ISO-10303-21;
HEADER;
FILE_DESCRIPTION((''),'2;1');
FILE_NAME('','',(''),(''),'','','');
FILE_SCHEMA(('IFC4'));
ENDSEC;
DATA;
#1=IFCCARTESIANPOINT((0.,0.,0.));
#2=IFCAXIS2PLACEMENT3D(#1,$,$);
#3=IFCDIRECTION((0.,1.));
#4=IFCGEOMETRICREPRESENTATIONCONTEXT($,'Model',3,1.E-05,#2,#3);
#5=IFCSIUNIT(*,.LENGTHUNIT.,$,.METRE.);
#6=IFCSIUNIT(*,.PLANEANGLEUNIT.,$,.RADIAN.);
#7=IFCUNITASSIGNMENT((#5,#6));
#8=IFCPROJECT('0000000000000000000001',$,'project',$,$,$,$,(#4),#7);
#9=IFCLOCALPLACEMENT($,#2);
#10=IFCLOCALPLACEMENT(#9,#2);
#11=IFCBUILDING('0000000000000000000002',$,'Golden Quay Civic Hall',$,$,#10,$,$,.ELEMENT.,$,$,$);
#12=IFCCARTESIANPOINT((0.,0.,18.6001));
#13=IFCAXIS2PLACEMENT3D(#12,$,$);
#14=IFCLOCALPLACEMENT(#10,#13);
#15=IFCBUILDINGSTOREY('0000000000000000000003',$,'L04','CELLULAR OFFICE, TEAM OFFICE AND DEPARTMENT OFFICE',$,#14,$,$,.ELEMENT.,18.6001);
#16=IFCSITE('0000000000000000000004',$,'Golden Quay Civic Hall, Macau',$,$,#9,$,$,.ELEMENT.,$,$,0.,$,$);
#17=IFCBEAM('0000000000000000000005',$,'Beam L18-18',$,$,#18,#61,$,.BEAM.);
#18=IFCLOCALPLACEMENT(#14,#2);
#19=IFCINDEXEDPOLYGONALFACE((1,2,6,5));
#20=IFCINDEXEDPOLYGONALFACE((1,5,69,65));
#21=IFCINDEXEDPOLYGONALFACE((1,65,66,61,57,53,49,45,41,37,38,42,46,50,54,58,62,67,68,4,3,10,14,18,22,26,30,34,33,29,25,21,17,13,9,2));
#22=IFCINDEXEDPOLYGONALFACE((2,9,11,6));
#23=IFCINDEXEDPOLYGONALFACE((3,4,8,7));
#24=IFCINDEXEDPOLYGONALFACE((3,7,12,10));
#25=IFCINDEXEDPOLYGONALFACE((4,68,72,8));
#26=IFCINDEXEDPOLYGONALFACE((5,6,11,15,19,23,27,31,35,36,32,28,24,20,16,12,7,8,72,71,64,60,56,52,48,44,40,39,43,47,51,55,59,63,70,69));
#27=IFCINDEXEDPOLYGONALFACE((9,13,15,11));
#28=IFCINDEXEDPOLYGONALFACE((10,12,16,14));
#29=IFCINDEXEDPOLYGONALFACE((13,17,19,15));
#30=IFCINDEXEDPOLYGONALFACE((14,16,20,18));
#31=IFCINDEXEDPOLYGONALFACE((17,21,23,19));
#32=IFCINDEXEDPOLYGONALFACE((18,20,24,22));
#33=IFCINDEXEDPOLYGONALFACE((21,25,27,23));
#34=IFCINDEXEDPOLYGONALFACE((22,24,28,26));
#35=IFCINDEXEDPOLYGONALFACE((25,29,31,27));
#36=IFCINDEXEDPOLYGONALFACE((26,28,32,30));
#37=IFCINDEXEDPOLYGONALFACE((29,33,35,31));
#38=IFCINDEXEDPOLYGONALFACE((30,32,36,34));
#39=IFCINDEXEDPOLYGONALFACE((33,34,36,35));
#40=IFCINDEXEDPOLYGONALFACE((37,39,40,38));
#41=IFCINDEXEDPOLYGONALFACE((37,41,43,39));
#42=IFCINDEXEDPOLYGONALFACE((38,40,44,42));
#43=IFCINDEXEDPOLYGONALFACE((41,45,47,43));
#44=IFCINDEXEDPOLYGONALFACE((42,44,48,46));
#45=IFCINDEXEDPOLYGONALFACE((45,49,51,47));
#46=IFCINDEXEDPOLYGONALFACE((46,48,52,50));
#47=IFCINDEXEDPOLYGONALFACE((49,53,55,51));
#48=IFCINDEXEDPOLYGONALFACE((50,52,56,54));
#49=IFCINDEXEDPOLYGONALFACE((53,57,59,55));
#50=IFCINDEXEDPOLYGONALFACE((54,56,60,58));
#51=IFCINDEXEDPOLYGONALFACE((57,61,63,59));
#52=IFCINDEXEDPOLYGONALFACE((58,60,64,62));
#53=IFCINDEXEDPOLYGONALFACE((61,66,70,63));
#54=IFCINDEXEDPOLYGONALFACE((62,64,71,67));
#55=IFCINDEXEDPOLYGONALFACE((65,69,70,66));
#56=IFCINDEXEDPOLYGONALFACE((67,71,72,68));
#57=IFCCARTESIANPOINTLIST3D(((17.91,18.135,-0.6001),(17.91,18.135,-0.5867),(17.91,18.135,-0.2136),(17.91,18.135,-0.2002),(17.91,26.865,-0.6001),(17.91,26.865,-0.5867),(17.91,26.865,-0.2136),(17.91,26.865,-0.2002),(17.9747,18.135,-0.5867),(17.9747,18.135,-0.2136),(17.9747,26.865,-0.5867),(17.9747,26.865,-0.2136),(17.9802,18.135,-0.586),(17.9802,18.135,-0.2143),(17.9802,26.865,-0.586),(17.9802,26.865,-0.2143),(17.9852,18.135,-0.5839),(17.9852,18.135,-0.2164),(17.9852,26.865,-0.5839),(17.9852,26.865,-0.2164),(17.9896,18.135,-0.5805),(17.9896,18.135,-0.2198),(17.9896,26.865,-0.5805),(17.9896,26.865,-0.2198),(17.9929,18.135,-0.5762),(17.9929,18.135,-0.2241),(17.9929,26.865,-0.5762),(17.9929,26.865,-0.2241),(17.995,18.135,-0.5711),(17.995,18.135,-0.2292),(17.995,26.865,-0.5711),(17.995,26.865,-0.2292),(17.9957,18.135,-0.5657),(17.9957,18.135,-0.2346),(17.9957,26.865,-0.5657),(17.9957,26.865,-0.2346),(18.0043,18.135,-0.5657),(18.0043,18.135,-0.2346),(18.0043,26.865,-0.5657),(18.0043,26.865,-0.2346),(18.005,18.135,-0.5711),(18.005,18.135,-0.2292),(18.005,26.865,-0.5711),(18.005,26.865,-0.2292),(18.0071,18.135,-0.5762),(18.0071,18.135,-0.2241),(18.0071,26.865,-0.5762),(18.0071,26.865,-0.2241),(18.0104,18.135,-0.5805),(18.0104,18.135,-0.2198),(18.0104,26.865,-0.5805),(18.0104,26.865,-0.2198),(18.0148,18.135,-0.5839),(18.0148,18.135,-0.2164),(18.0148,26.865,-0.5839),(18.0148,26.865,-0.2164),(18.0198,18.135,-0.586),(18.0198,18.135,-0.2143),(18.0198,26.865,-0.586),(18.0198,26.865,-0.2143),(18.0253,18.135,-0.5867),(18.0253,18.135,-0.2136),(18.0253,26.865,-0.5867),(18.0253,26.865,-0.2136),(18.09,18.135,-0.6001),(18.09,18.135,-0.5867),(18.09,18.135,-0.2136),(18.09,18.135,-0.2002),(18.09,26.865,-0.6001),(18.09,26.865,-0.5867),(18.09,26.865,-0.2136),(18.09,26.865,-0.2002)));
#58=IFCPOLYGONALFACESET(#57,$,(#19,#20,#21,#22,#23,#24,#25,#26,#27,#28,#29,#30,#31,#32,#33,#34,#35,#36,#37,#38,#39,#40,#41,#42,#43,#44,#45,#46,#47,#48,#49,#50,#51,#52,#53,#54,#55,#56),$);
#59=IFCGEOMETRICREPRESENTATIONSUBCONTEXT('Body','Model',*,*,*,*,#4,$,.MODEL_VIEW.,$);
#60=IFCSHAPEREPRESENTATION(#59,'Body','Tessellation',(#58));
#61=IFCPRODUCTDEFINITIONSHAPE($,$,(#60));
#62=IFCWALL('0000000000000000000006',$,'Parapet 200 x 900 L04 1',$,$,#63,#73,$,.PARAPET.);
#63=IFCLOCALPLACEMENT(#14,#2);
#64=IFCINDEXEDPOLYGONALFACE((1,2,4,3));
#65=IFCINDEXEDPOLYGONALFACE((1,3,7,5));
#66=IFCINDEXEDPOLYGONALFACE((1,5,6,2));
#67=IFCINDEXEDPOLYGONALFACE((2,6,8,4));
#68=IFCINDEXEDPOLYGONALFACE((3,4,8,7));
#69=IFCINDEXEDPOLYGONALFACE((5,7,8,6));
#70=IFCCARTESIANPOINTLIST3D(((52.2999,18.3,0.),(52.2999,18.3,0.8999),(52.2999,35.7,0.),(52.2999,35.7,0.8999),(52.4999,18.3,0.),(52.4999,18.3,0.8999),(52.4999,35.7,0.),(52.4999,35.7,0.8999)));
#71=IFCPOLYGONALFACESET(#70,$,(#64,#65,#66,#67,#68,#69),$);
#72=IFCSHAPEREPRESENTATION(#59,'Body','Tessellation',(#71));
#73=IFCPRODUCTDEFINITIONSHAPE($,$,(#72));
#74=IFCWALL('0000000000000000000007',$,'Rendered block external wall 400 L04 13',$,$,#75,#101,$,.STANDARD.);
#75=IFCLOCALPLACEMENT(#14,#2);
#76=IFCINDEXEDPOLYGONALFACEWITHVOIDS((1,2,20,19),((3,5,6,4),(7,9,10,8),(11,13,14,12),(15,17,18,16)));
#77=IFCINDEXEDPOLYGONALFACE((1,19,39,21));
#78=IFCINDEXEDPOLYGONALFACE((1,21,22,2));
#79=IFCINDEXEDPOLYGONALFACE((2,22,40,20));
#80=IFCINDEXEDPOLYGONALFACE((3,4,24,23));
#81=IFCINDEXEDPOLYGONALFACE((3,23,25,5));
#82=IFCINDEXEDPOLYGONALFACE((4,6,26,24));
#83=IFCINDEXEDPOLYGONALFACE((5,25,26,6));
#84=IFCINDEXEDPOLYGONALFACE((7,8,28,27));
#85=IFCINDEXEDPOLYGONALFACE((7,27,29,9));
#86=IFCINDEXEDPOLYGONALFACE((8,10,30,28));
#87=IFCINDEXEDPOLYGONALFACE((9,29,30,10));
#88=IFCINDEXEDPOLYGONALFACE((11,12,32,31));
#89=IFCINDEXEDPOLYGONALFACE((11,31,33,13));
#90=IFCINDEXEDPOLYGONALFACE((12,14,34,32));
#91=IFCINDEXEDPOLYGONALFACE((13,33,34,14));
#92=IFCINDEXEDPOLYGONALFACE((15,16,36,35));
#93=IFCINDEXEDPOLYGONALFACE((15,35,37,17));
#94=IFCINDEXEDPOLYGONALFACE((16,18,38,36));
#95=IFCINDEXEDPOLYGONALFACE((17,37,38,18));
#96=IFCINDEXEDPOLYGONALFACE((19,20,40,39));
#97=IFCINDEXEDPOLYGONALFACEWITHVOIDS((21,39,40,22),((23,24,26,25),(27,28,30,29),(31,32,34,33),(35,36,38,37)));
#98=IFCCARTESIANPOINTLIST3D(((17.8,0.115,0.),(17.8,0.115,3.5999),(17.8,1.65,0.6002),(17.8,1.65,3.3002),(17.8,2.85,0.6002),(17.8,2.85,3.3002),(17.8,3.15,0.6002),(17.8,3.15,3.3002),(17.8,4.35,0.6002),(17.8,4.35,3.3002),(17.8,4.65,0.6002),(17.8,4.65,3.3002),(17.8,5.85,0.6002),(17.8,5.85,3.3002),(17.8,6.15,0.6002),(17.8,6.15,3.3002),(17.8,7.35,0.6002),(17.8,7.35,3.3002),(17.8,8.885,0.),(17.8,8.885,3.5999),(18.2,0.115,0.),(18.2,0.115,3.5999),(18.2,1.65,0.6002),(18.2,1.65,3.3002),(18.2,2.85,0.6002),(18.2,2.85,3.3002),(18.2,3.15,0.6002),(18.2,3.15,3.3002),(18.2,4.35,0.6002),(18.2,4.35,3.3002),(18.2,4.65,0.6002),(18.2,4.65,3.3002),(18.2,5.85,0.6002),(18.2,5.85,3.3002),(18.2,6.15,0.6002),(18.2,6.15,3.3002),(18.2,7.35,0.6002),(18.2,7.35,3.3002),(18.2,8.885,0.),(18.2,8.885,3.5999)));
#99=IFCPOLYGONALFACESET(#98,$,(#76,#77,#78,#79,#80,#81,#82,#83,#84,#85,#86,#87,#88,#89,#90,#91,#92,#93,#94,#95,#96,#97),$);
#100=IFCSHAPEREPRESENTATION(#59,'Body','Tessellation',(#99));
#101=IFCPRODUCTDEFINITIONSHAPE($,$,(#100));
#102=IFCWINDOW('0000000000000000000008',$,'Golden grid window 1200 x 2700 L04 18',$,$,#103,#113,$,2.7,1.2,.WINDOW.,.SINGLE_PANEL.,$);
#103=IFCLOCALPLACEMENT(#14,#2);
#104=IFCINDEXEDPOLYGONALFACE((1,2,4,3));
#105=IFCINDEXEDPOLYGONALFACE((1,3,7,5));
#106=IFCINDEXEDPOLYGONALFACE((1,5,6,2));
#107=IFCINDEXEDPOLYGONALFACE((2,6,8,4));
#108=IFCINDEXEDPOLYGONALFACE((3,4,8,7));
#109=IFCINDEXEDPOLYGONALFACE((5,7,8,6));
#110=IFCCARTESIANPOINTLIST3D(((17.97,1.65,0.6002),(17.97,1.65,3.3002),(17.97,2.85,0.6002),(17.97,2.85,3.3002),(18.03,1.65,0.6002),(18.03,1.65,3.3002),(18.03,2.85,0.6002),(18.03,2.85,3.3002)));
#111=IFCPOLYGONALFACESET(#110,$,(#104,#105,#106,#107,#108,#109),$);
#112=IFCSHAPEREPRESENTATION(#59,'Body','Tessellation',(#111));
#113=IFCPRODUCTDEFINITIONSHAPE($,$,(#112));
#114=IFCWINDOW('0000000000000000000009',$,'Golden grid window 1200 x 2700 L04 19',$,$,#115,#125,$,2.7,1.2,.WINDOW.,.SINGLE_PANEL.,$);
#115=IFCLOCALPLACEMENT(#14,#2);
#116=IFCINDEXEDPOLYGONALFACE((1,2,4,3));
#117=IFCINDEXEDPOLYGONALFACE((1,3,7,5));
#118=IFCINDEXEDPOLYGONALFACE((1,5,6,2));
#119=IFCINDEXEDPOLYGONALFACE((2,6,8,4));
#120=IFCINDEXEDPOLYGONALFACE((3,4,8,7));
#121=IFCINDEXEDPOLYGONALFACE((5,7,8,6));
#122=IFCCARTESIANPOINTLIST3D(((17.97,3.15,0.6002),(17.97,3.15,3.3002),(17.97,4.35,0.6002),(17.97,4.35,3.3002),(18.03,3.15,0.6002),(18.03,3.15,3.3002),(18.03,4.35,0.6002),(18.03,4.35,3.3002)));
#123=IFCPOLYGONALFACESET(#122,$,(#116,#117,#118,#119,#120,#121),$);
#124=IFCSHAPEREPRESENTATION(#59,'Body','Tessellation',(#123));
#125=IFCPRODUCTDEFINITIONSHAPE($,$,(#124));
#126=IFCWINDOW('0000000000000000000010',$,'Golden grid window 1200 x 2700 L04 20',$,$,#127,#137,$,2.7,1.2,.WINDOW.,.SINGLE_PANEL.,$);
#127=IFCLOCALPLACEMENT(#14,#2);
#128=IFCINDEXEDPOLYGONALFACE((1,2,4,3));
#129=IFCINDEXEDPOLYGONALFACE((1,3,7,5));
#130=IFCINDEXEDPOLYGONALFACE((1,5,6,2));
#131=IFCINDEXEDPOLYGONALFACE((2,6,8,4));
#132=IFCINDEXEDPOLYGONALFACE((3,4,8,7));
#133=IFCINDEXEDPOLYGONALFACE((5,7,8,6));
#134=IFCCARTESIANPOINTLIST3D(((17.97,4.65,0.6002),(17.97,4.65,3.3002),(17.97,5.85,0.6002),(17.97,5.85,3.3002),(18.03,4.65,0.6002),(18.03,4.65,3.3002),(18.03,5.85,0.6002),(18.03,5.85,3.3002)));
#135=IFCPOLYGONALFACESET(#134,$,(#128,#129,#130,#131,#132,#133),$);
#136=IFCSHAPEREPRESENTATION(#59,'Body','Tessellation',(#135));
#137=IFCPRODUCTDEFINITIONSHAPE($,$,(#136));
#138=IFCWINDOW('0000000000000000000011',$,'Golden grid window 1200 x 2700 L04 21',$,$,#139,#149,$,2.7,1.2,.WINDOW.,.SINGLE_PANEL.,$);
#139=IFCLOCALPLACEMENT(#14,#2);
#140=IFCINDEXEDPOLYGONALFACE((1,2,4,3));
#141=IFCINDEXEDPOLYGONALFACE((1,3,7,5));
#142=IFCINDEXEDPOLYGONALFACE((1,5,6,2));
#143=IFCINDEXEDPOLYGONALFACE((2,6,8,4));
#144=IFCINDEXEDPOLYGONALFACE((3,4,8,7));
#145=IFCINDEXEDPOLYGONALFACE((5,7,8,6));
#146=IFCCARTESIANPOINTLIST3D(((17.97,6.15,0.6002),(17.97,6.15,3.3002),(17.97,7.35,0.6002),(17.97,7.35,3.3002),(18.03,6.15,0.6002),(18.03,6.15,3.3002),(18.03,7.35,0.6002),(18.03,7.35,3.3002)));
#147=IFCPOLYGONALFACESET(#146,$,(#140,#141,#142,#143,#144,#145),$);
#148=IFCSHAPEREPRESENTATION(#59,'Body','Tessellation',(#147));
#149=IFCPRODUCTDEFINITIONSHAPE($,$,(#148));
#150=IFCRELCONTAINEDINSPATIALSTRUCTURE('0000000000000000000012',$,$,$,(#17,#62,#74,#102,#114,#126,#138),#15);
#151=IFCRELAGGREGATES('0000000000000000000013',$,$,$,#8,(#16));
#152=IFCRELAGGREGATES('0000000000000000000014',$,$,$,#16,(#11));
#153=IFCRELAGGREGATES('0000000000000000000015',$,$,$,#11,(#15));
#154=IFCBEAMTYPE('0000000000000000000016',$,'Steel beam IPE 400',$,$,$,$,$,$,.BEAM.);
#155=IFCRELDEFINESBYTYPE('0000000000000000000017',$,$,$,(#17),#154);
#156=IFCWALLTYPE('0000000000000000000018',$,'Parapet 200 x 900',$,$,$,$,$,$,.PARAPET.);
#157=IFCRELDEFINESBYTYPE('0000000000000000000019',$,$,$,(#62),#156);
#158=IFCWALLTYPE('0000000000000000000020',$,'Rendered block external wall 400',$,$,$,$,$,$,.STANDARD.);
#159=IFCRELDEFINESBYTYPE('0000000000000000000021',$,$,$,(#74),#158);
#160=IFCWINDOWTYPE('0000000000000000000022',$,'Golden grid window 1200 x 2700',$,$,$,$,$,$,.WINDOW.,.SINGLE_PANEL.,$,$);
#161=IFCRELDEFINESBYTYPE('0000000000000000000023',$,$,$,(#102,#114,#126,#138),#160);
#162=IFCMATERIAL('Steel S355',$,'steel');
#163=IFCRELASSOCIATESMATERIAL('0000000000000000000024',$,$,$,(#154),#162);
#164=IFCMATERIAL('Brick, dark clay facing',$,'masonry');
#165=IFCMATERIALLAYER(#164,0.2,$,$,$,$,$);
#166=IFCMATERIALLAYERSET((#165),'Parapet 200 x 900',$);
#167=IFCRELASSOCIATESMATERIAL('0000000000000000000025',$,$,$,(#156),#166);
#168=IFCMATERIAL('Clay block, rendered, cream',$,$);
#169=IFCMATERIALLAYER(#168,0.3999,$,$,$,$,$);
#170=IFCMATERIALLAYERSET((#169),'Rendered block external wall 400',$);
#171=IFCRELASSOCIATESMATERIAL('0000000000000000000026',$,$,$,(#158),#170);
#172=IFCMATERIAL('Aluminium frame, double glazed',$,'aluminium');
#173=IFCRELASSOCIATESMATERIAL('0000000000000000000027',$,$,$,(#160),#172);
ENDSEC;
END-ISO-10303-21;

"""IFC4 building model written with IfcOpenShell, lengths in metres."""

from ifc_helpers import new_model, si_unit, direction, frame, frame_2d, origin, origin_2d, place, context, subcontext, project, spatial, rectangle, i_section, extrude, material, layer, layer_set, material_profile, profile_set, type_object, element, fill, save


model = new_model("IFC4")

# Units and contexts
model_context = context("Model", 3, precision=1e-05, world=origin(), true_north=direction((0.0, 1.0)))
body_context = subcontext(model_context, "Body", "Model", "MODEL_VIEW")
ifc_project = project(units=[si_unit("LENGTHUNIT", "METRE"), si_unit("PLANEANGLEUNIT", "RADIAN")], contexts=[model_context])

# Site, building, storey
site_placement = place(None, origin())
site = spatial("IfcSite", under=ifc_project, at=site_placement, Name="Golden Quay Civic Hall, Macau", CompositionType="ELEMENT", RefElevation=0.0)
building_placement = place(site_placement, origin())
building = spatial("IfcBuilding", under=site, at=building_placement, Name="Golden Quay Civic Hall", CompositionType="ELEMENT")
storey_placement = place(building_placement, frame((0.0, 0.0, 18.6001)))
storey = spatial("IfcBuildingStorey", under=building, at=storey_placement, Name="L04", Description="CELLULAR OFFICE, TEAM OFFICE AND DEPARTMENT OFFICE", CompositionType="ELEMENT", Elevation=18.6001)

# Beam
ifc_material_1 = material(Name="Steel S355", Category="steel")
ifc_material_profile_1 = material_profile(ifc_material_1, i_section(OverallWidth=0.1799, OverallDepth=0.3999, WebThickness=0.0085, FlangeThickness=0.0134, FilletRadius=0.021, at=origin_2d()), Name="IPE 400")
ifc_profile_set_1 = profile_set([ifc_material_profile_1], Name="Steel S355")
beam_type_1 = type_object("IfcBeamType", Name="Steel beam IPE 400", PredefinedType="BEAM", material=ifc_profile_set_1)
for number, where, z_axis, x_axis, name in (
    (1, (18.0, 18.135, -0.4001), (0.0, 1.0, 0.0), (-1.0, 0.0, 0.0), "Beam L18-18"),
):
    element("IfcBeam", number, at=place(storey_placement, frame(where, z_axis=z_axis, x_axis=x_axis)), inside=storey, type_object=beam_type_1, Name=name, PredefinedType="BEAM", context=body_context, shape_type="SweptSolid", body=[
        extrude(i_section(OverallWidth=0.1799, OverallDepth=0.3999, WebThickness=0.0085, FlangeThickness=0.0134, FilletRadius=0.021, at=origin_2d()), origin(), (0.0, 0.0, 1.0), 8.73),
    ])

# Wall
ifc_material_2 = material(Name="Brick, dark clay facing", Category="masonry")
ifc_layer_1 = layer(ifc_material_2, 0.2)
ifc_layer_set_1 = layer_set([ifc_layer_1], Name="Parapet 200 x 900")
wall_type_1 = type_object("IfcWallType", Name="Parapet 200 x 900", PredefinedType="PARAPET", material=ifc_layer_set_1)
wall_1_placement = place(storey_placement, frame((52.3999, 18.3, 0.0), z_axis=(0.0, 0.0, 1.0), x_axis=(0.0, 1.0, 0.0)))
element("IfcWall", 2, at=wall_1_placement, inside=storey, type_object=wall_type_1, Name="Parapet 200 x 900 L04 1", PredefinedType="PARAPET", context=body_context, shape_type="SweptSolid", body=[
    extrude(rectangle(XDim=17.3999, YDim=0.2, at=frame_2d((8.7, 0.0))), origin(), (0.0, 0.0, 1.0), 0.8999),
])

# Wall, openings, windows
ifc_material_3 = material(Name="Clay block, rendered, cream")
ifc_layer_2 = layer(ifc_material_3, 0.3999)
ifc_layer_set_2 = layer_set([ifc_layer_2], Name="Rendered block external wall 400")
wall_type_2 = type_object("IfcWallType", Name="Rendered block external wall 400", PredefinedType="STANDARD", material=ifc_layer_set_2)
wall_2_placement = place(storey_placement, frame((18.0, 8.885, 0.0), z_axis=(0.0, 0.0, 1.0), x_axis=(0.0, -1.0, 0.0)))
wall_2 = element("IfcWall", 3, at=wall_2_placement, inside=storey, type_object=wall_type_2, Name="Rendered block external wall 400 L04 13", PredefinedType="STANDARD", context=body_context, shape_type="SweptSolid", body=[
    extrude(rectangle(XDim=8.77, YDim=0.3999, at=frame_2d((4.385, 0.0))), origin(), (0.0, 0.0, 1.0), 3.5999),
])
opening_1_placement = place(wall_2_placement, frame((6.0349, 0.0, 0.6001)))
opening_1 = element("IfcOpeningElement", 4, at=opening_1_placement, cuts=wall_2, PredefinedType="OPENING", context=body_context, shape_type="SweptSolid", body=[
    extrude(rectangle(XDim=1.2, YDim=2.7, at=frame_2d((0.6001, 1.3501))), frame((0.0, 0.21, 0.0), z_axis=(0.0, -1.0, 0.0), x_axis=(1.0, 0.0, 0.0)), (0.0, 0.0, 1.0), 0.4199),
])
opening_2_placement = place(wall_2_placement, frame((4.5349, 0.0, 0.6001)))
opening_2 = element("IfcOpeningElement", 5, at=opening_2_placement, cuts=wall_2, PredefinedType="OPENING", context=body_context, shape_type="SweptSolid", body=[
    extrude(rectangle(XDim=1.2, YDim=2.7, at=frame_2d((0.6001, 1.3501))), frame((0.0, 0.21, 0.0), z_axis=(0.0, -1.0, 0.0), x_axis=(1.0, 0.0, 0.0)), (0.0, 0.0, 1.0), 0.4199),
])
opening_3_placement = place(wall_2_placement, frame((3.0349, 0.0, 0.6001)))
opening_3 = element("IfcOpeningElement", 6, at=opening_3_placement, cuts=wall_2, PredefinedType="OPENING", context=body_context, shape_type="SweptSolid", body=[
    extrude(rectangle(XDim=1.2, YDim=2.7, at=frame_2d((0.6001, 1.3501))), frame((0.0, 0.21, 0.0), z_axis=(0.0, -1.0, 0.0), x_axis=(1.0, 0.0, 0.0)), (0.0, 0.0, 1.0), 0.4199),
])
opening_4_placement = place(wall_2_placement, frame((1.5349, 0.0, 0.6001)))
opening_4 = element("IfcOpeningElement", 7, at=opening_4_placement, cuts=wall_2, PredefinedType="OPENING", context=body_context, shape_type="SweptSolid", body=[
    extrude(rectangle(XDim=1.2, YDim=2.7, at=frame_2d((0.6001, 1.3501))), frame((0.0, 0.21, 0.0), z_axis=(0.0, -1.0, 0.0), x_axis=(1.0, 0.0, 0.0)), (0.0, 0.0, 1.0), 0.4199),
])
ifc_material_4 = material(Name="Aluminium frame, double glazed", Category="aluminium")
window_type = type_object("IfcWindowType", Name="Golden grid window 1200 x 2700", PartitioningType="SINGLE_PANEL", PredefinedType="WINDOW", material=ifc_material_4)
window_1_placement = place(opening_1_placement, origin())
window_1 = element("IfcWindow", 8, at=window_1_placement, inside=storey, type_object=window_type, Name="Golden grid window 1200 x 2700 L04 18", OverallHeight=2.7, OverallWidth=1.2, PartitioningType="SINGLE_PANEL", PredefinedType="WINDOW", context=body_context, shape_type="SweptSolid", body=[
    extrude(rectangle(XDim=1.2, YDim=2.7, at=frame_2d((0.6001, 1.3501))), frame((0.0, 0.03, 0.0), z_axis=(0.0, -1.0, 0.0), x_axis=(1.0, 0.0, 0.0)), (0.0, 0.0, 1.0), 0.0601),
])
fill(opening_1, window_1)
window_2_placement = place(opening_2_placement, origin())
window_2 = element("IfcWindow", 9, at=window_2_placement, inside=storey, type_object=window_type, Name="Golden grid window 1200 x 2700 L04 19", OverallHeight=2.7, OverallWidth=1.2, PartitioningType="SINGLE_PANEL", PredefinedType="WINDOW", context=body_context, shape_type="SweptSolid", body=[
    extrude(rectangle(XDim=1.2, YDim=2.7, at=frame_2d((0.6001, 1.3501))), frame((0.0, 0.03, 0.0), z_axis=(0.0, -1.0, 0.0), x_axis=(1.0, 0.0, 0.0)), (0.0, 0.0, 1.0), 0.0601),
])
fill(opening_2, window_2)
window_3_placement = place(opening_3_placement, origin())
window_3 = element("IfcWindow", 10, at=window_3_placement, inside=storey, type_object=window_type, Name="Golden grid window 1200 x 2700 L04 20", OverallHeight=2.7, OverallWidth=1.2, PartitioningType="SINGLE_PANEL", PredefinedType="WINDOW", context=body_context, shape_type="SweptSolid", body=[
    extrude(rectangle(XDim=1.2, YDim=2.7, at=frame_2d((0.6001, 1.3501))), frame((0.0, 0.03, 0.0), z_axis=(0.0, -1.0, 0.0), x_axis=(1.0, 0.0, 0.0)), (0.0, 0.0, 1.0), 0.0601),
])
fill(opening_3, window_3)
window_4_placement = place(opening_4_placement, origin())
window_4 = element("IfcWindow", 11, at=window_4_placement, inside=storey, type_object=window_type, Name="Golden grid window 1200 x 2700 L04 21", OverallHeight=2.7, OverallWidth=1.2, PartitioningType="SINGLE_PANEL", PredefinedType="WINDOW", context=body_context, shape_type="SweptSolid", body=[
    extrude(rectangle(XDim=1.2, YDim=2.7, at=frame_2d((0.6001, 1.3501))), frame((0.0, 0.03, 0.0), z_axis=(0.0, -1.0, 0.0), x_axis=(1.0, 0.0, 0.0)), (0.0, 0.0, 1.0), 0.0601),
])
fill(opening_4, window_4)

save(model, "model.ifc")
